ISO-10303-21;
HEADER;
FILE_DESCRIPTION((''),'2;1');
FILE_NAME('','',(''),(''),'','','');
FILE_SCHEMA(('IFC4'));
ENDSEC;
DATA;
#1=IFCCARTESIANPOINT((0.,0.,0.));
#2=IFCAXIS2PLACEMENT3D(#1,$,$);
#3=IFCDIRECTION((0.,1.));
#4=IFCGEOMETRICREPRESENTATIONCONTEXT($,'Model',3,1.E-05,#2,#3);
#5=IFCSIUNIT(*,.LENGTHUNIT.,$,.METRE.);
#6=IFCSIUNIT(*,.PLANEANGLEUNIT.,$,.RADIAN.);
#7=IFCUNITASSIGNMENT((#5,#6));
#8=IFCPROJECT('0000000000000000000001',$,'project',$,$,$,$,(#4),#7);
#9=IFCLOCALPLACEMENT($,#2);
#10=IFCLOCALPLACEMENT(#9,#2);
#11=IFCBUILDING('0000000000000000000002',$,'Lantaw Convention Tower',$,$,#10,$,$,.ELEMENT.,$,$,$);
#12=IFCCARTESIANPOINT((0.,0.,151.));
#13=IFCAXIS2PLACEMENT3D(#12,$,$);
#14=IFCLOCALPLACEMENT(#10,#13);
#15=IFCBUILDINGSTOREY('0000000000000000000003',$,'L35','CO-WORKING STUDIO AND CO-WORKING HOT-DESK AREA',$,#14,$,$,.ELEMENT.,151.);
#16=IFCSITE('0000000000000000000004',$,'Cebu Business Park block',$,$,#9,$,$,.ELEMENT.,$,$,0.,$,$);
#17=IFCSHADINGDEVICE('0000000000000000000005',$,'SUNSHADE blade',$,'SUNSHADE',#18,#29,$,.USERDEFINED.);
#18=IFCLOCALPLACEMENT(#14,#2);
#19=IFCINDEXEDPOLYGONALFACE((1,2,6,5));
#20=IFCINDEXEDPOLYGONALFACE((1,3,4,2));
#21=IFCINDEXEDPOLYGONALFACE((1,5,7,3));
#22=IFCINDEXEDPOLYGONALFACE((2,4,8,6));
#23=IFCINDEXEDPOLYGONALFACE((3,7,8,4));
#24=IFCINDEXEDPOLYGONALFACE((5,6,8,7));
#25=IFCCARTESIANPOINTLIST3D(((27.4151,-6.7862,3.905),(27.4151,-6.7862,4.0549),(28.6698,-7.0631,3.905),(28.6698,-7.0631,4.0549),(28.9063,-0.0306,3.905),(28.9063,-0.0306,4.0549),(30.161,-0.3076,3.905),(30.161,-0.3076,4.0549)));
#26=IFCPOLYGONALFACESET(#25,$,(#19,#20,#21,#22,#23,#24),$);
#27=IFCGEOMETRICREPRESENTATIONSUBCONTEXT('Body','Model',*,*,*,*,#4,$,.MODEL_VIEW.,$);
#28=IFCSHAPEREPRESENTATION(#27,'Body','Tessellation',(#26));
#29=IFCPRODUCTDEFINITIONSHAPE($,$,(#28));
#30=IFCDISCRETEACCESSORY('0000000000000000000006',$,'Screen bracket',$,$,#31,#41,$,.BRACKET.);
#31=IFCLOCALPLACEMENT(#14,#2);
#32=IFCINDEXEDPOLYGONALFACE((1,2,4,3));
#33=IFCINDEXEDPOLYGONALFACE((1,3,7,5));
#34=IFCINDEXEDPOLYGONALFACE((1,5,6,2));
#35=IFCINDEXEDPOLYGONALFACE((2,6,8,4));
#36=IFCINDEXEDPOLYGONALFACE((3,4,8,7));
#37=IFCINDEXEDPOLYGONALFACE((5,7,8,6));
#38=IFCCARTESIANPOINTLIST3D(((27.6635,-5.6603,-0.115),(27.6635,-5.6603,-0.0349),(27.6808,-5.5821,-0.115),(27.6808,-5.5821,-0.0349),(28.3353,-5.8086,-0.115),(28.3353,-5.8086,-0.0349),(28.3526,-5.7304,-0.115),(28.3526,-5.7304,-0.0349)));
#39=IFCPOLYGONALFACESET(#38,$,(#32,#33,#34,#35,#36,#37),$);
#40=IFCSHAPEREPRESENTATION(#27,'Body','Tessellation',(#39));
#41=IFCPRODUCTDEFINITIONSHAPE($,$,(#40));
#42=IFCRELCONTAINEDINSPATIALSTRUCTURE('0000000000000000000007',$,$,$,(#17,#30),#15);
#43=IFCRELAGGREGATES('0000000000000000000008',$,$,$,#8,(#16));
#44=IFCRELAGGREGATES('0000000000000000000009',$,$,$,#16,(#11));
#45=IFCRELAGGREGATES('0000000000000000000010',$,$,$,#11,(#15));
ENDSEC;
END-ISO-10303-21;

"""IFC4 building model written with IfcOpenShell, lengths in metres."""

from ifc_helpers import new_model, si_unit, direction, frame, origin, origin_2d, place, context, subcontext, project, spatial, rectangle, extrude, element, save


model = new_model("IFC4")

# Units and contexts
model_context = context("Model", 3, precision=1e-05, world=origin(), true_north=direction((0.0, 1.0)))
body_context = subcontext(model_context, "Body", "Model", "MODEL_VIEW")
ifc_project = project(units=[si_unit("LENGTHUNIT", "METRE"), si_unit("PLANEANGLEUNIT", "RADIAN")], contexts=[model_context])

# Site, building, storey
site_placement = place(None, origin())
site = spatial("IfcSite", under=ifc_project, at=site_placement, Name="Cebu Business Park block", CompositionType="ELEMENT", RefElevation=0.0)
building_placement = place(site_placement, origin())
building = spatial("IfcBuilding", under=site, at=building_placement, Name="Lantaw Convention Tower", CompositionType="ELEMENT")
storey_placement = place(building_placement, frame((0.0, 0.0, 151.0)))
storey = spatial("IfcBuildingStorey", under=building, at=storey_placement, Name="L35", Description="CO-WORKING STUDIO AND CO-WORKING HOT-DESK AREA", CompositionType="ELEMENT", Elevation=151.0)

# Shading device
shading_device_1_placement = place(storey_placement, frame((28.7881, -3.5469, 3.905), z_axis=(0.0, 0.0, 1.0), x_axis=(0.215546, 0.976494, 0.0)))
element("IfcShadingDevice", 1, at=shading_device_1_placement, inside=storey, Name="SUNSHADE blade", ObjectType="SUNSHADE", PredefinedType="USERDEFINED", context=body_context, shape_type="SweptSolid", body=[
    extrude(rectangle(XDim=6.9182, YDim=1.2849, at=origin_2d()), origin(), (0.0, 0.0, 1.0), 0.1499),
])

# Discrete accessory
discrete_accessory_placement = place(storey_placement, frame((28.0081, -5.6953, -0.115), z_axis=(0.0, 0.0, 1.0), x_axis=(0.215546, 0.976494, 0.0)))
element("IfcDiscreteAccessory", 2, at=discrete_accessory_placement, inside=storey, Name="Screen bracket", PredefinedType="BRACKET", context=body_context, shape_type="SweptSolid", body=[
    extrude(rectangle(XDim=0.0801, YDim=0.688, at=origin_2d()), origin(), (0.0, 0.0, 1.0), 0.0801),
])

save(model, "model.ifc")
